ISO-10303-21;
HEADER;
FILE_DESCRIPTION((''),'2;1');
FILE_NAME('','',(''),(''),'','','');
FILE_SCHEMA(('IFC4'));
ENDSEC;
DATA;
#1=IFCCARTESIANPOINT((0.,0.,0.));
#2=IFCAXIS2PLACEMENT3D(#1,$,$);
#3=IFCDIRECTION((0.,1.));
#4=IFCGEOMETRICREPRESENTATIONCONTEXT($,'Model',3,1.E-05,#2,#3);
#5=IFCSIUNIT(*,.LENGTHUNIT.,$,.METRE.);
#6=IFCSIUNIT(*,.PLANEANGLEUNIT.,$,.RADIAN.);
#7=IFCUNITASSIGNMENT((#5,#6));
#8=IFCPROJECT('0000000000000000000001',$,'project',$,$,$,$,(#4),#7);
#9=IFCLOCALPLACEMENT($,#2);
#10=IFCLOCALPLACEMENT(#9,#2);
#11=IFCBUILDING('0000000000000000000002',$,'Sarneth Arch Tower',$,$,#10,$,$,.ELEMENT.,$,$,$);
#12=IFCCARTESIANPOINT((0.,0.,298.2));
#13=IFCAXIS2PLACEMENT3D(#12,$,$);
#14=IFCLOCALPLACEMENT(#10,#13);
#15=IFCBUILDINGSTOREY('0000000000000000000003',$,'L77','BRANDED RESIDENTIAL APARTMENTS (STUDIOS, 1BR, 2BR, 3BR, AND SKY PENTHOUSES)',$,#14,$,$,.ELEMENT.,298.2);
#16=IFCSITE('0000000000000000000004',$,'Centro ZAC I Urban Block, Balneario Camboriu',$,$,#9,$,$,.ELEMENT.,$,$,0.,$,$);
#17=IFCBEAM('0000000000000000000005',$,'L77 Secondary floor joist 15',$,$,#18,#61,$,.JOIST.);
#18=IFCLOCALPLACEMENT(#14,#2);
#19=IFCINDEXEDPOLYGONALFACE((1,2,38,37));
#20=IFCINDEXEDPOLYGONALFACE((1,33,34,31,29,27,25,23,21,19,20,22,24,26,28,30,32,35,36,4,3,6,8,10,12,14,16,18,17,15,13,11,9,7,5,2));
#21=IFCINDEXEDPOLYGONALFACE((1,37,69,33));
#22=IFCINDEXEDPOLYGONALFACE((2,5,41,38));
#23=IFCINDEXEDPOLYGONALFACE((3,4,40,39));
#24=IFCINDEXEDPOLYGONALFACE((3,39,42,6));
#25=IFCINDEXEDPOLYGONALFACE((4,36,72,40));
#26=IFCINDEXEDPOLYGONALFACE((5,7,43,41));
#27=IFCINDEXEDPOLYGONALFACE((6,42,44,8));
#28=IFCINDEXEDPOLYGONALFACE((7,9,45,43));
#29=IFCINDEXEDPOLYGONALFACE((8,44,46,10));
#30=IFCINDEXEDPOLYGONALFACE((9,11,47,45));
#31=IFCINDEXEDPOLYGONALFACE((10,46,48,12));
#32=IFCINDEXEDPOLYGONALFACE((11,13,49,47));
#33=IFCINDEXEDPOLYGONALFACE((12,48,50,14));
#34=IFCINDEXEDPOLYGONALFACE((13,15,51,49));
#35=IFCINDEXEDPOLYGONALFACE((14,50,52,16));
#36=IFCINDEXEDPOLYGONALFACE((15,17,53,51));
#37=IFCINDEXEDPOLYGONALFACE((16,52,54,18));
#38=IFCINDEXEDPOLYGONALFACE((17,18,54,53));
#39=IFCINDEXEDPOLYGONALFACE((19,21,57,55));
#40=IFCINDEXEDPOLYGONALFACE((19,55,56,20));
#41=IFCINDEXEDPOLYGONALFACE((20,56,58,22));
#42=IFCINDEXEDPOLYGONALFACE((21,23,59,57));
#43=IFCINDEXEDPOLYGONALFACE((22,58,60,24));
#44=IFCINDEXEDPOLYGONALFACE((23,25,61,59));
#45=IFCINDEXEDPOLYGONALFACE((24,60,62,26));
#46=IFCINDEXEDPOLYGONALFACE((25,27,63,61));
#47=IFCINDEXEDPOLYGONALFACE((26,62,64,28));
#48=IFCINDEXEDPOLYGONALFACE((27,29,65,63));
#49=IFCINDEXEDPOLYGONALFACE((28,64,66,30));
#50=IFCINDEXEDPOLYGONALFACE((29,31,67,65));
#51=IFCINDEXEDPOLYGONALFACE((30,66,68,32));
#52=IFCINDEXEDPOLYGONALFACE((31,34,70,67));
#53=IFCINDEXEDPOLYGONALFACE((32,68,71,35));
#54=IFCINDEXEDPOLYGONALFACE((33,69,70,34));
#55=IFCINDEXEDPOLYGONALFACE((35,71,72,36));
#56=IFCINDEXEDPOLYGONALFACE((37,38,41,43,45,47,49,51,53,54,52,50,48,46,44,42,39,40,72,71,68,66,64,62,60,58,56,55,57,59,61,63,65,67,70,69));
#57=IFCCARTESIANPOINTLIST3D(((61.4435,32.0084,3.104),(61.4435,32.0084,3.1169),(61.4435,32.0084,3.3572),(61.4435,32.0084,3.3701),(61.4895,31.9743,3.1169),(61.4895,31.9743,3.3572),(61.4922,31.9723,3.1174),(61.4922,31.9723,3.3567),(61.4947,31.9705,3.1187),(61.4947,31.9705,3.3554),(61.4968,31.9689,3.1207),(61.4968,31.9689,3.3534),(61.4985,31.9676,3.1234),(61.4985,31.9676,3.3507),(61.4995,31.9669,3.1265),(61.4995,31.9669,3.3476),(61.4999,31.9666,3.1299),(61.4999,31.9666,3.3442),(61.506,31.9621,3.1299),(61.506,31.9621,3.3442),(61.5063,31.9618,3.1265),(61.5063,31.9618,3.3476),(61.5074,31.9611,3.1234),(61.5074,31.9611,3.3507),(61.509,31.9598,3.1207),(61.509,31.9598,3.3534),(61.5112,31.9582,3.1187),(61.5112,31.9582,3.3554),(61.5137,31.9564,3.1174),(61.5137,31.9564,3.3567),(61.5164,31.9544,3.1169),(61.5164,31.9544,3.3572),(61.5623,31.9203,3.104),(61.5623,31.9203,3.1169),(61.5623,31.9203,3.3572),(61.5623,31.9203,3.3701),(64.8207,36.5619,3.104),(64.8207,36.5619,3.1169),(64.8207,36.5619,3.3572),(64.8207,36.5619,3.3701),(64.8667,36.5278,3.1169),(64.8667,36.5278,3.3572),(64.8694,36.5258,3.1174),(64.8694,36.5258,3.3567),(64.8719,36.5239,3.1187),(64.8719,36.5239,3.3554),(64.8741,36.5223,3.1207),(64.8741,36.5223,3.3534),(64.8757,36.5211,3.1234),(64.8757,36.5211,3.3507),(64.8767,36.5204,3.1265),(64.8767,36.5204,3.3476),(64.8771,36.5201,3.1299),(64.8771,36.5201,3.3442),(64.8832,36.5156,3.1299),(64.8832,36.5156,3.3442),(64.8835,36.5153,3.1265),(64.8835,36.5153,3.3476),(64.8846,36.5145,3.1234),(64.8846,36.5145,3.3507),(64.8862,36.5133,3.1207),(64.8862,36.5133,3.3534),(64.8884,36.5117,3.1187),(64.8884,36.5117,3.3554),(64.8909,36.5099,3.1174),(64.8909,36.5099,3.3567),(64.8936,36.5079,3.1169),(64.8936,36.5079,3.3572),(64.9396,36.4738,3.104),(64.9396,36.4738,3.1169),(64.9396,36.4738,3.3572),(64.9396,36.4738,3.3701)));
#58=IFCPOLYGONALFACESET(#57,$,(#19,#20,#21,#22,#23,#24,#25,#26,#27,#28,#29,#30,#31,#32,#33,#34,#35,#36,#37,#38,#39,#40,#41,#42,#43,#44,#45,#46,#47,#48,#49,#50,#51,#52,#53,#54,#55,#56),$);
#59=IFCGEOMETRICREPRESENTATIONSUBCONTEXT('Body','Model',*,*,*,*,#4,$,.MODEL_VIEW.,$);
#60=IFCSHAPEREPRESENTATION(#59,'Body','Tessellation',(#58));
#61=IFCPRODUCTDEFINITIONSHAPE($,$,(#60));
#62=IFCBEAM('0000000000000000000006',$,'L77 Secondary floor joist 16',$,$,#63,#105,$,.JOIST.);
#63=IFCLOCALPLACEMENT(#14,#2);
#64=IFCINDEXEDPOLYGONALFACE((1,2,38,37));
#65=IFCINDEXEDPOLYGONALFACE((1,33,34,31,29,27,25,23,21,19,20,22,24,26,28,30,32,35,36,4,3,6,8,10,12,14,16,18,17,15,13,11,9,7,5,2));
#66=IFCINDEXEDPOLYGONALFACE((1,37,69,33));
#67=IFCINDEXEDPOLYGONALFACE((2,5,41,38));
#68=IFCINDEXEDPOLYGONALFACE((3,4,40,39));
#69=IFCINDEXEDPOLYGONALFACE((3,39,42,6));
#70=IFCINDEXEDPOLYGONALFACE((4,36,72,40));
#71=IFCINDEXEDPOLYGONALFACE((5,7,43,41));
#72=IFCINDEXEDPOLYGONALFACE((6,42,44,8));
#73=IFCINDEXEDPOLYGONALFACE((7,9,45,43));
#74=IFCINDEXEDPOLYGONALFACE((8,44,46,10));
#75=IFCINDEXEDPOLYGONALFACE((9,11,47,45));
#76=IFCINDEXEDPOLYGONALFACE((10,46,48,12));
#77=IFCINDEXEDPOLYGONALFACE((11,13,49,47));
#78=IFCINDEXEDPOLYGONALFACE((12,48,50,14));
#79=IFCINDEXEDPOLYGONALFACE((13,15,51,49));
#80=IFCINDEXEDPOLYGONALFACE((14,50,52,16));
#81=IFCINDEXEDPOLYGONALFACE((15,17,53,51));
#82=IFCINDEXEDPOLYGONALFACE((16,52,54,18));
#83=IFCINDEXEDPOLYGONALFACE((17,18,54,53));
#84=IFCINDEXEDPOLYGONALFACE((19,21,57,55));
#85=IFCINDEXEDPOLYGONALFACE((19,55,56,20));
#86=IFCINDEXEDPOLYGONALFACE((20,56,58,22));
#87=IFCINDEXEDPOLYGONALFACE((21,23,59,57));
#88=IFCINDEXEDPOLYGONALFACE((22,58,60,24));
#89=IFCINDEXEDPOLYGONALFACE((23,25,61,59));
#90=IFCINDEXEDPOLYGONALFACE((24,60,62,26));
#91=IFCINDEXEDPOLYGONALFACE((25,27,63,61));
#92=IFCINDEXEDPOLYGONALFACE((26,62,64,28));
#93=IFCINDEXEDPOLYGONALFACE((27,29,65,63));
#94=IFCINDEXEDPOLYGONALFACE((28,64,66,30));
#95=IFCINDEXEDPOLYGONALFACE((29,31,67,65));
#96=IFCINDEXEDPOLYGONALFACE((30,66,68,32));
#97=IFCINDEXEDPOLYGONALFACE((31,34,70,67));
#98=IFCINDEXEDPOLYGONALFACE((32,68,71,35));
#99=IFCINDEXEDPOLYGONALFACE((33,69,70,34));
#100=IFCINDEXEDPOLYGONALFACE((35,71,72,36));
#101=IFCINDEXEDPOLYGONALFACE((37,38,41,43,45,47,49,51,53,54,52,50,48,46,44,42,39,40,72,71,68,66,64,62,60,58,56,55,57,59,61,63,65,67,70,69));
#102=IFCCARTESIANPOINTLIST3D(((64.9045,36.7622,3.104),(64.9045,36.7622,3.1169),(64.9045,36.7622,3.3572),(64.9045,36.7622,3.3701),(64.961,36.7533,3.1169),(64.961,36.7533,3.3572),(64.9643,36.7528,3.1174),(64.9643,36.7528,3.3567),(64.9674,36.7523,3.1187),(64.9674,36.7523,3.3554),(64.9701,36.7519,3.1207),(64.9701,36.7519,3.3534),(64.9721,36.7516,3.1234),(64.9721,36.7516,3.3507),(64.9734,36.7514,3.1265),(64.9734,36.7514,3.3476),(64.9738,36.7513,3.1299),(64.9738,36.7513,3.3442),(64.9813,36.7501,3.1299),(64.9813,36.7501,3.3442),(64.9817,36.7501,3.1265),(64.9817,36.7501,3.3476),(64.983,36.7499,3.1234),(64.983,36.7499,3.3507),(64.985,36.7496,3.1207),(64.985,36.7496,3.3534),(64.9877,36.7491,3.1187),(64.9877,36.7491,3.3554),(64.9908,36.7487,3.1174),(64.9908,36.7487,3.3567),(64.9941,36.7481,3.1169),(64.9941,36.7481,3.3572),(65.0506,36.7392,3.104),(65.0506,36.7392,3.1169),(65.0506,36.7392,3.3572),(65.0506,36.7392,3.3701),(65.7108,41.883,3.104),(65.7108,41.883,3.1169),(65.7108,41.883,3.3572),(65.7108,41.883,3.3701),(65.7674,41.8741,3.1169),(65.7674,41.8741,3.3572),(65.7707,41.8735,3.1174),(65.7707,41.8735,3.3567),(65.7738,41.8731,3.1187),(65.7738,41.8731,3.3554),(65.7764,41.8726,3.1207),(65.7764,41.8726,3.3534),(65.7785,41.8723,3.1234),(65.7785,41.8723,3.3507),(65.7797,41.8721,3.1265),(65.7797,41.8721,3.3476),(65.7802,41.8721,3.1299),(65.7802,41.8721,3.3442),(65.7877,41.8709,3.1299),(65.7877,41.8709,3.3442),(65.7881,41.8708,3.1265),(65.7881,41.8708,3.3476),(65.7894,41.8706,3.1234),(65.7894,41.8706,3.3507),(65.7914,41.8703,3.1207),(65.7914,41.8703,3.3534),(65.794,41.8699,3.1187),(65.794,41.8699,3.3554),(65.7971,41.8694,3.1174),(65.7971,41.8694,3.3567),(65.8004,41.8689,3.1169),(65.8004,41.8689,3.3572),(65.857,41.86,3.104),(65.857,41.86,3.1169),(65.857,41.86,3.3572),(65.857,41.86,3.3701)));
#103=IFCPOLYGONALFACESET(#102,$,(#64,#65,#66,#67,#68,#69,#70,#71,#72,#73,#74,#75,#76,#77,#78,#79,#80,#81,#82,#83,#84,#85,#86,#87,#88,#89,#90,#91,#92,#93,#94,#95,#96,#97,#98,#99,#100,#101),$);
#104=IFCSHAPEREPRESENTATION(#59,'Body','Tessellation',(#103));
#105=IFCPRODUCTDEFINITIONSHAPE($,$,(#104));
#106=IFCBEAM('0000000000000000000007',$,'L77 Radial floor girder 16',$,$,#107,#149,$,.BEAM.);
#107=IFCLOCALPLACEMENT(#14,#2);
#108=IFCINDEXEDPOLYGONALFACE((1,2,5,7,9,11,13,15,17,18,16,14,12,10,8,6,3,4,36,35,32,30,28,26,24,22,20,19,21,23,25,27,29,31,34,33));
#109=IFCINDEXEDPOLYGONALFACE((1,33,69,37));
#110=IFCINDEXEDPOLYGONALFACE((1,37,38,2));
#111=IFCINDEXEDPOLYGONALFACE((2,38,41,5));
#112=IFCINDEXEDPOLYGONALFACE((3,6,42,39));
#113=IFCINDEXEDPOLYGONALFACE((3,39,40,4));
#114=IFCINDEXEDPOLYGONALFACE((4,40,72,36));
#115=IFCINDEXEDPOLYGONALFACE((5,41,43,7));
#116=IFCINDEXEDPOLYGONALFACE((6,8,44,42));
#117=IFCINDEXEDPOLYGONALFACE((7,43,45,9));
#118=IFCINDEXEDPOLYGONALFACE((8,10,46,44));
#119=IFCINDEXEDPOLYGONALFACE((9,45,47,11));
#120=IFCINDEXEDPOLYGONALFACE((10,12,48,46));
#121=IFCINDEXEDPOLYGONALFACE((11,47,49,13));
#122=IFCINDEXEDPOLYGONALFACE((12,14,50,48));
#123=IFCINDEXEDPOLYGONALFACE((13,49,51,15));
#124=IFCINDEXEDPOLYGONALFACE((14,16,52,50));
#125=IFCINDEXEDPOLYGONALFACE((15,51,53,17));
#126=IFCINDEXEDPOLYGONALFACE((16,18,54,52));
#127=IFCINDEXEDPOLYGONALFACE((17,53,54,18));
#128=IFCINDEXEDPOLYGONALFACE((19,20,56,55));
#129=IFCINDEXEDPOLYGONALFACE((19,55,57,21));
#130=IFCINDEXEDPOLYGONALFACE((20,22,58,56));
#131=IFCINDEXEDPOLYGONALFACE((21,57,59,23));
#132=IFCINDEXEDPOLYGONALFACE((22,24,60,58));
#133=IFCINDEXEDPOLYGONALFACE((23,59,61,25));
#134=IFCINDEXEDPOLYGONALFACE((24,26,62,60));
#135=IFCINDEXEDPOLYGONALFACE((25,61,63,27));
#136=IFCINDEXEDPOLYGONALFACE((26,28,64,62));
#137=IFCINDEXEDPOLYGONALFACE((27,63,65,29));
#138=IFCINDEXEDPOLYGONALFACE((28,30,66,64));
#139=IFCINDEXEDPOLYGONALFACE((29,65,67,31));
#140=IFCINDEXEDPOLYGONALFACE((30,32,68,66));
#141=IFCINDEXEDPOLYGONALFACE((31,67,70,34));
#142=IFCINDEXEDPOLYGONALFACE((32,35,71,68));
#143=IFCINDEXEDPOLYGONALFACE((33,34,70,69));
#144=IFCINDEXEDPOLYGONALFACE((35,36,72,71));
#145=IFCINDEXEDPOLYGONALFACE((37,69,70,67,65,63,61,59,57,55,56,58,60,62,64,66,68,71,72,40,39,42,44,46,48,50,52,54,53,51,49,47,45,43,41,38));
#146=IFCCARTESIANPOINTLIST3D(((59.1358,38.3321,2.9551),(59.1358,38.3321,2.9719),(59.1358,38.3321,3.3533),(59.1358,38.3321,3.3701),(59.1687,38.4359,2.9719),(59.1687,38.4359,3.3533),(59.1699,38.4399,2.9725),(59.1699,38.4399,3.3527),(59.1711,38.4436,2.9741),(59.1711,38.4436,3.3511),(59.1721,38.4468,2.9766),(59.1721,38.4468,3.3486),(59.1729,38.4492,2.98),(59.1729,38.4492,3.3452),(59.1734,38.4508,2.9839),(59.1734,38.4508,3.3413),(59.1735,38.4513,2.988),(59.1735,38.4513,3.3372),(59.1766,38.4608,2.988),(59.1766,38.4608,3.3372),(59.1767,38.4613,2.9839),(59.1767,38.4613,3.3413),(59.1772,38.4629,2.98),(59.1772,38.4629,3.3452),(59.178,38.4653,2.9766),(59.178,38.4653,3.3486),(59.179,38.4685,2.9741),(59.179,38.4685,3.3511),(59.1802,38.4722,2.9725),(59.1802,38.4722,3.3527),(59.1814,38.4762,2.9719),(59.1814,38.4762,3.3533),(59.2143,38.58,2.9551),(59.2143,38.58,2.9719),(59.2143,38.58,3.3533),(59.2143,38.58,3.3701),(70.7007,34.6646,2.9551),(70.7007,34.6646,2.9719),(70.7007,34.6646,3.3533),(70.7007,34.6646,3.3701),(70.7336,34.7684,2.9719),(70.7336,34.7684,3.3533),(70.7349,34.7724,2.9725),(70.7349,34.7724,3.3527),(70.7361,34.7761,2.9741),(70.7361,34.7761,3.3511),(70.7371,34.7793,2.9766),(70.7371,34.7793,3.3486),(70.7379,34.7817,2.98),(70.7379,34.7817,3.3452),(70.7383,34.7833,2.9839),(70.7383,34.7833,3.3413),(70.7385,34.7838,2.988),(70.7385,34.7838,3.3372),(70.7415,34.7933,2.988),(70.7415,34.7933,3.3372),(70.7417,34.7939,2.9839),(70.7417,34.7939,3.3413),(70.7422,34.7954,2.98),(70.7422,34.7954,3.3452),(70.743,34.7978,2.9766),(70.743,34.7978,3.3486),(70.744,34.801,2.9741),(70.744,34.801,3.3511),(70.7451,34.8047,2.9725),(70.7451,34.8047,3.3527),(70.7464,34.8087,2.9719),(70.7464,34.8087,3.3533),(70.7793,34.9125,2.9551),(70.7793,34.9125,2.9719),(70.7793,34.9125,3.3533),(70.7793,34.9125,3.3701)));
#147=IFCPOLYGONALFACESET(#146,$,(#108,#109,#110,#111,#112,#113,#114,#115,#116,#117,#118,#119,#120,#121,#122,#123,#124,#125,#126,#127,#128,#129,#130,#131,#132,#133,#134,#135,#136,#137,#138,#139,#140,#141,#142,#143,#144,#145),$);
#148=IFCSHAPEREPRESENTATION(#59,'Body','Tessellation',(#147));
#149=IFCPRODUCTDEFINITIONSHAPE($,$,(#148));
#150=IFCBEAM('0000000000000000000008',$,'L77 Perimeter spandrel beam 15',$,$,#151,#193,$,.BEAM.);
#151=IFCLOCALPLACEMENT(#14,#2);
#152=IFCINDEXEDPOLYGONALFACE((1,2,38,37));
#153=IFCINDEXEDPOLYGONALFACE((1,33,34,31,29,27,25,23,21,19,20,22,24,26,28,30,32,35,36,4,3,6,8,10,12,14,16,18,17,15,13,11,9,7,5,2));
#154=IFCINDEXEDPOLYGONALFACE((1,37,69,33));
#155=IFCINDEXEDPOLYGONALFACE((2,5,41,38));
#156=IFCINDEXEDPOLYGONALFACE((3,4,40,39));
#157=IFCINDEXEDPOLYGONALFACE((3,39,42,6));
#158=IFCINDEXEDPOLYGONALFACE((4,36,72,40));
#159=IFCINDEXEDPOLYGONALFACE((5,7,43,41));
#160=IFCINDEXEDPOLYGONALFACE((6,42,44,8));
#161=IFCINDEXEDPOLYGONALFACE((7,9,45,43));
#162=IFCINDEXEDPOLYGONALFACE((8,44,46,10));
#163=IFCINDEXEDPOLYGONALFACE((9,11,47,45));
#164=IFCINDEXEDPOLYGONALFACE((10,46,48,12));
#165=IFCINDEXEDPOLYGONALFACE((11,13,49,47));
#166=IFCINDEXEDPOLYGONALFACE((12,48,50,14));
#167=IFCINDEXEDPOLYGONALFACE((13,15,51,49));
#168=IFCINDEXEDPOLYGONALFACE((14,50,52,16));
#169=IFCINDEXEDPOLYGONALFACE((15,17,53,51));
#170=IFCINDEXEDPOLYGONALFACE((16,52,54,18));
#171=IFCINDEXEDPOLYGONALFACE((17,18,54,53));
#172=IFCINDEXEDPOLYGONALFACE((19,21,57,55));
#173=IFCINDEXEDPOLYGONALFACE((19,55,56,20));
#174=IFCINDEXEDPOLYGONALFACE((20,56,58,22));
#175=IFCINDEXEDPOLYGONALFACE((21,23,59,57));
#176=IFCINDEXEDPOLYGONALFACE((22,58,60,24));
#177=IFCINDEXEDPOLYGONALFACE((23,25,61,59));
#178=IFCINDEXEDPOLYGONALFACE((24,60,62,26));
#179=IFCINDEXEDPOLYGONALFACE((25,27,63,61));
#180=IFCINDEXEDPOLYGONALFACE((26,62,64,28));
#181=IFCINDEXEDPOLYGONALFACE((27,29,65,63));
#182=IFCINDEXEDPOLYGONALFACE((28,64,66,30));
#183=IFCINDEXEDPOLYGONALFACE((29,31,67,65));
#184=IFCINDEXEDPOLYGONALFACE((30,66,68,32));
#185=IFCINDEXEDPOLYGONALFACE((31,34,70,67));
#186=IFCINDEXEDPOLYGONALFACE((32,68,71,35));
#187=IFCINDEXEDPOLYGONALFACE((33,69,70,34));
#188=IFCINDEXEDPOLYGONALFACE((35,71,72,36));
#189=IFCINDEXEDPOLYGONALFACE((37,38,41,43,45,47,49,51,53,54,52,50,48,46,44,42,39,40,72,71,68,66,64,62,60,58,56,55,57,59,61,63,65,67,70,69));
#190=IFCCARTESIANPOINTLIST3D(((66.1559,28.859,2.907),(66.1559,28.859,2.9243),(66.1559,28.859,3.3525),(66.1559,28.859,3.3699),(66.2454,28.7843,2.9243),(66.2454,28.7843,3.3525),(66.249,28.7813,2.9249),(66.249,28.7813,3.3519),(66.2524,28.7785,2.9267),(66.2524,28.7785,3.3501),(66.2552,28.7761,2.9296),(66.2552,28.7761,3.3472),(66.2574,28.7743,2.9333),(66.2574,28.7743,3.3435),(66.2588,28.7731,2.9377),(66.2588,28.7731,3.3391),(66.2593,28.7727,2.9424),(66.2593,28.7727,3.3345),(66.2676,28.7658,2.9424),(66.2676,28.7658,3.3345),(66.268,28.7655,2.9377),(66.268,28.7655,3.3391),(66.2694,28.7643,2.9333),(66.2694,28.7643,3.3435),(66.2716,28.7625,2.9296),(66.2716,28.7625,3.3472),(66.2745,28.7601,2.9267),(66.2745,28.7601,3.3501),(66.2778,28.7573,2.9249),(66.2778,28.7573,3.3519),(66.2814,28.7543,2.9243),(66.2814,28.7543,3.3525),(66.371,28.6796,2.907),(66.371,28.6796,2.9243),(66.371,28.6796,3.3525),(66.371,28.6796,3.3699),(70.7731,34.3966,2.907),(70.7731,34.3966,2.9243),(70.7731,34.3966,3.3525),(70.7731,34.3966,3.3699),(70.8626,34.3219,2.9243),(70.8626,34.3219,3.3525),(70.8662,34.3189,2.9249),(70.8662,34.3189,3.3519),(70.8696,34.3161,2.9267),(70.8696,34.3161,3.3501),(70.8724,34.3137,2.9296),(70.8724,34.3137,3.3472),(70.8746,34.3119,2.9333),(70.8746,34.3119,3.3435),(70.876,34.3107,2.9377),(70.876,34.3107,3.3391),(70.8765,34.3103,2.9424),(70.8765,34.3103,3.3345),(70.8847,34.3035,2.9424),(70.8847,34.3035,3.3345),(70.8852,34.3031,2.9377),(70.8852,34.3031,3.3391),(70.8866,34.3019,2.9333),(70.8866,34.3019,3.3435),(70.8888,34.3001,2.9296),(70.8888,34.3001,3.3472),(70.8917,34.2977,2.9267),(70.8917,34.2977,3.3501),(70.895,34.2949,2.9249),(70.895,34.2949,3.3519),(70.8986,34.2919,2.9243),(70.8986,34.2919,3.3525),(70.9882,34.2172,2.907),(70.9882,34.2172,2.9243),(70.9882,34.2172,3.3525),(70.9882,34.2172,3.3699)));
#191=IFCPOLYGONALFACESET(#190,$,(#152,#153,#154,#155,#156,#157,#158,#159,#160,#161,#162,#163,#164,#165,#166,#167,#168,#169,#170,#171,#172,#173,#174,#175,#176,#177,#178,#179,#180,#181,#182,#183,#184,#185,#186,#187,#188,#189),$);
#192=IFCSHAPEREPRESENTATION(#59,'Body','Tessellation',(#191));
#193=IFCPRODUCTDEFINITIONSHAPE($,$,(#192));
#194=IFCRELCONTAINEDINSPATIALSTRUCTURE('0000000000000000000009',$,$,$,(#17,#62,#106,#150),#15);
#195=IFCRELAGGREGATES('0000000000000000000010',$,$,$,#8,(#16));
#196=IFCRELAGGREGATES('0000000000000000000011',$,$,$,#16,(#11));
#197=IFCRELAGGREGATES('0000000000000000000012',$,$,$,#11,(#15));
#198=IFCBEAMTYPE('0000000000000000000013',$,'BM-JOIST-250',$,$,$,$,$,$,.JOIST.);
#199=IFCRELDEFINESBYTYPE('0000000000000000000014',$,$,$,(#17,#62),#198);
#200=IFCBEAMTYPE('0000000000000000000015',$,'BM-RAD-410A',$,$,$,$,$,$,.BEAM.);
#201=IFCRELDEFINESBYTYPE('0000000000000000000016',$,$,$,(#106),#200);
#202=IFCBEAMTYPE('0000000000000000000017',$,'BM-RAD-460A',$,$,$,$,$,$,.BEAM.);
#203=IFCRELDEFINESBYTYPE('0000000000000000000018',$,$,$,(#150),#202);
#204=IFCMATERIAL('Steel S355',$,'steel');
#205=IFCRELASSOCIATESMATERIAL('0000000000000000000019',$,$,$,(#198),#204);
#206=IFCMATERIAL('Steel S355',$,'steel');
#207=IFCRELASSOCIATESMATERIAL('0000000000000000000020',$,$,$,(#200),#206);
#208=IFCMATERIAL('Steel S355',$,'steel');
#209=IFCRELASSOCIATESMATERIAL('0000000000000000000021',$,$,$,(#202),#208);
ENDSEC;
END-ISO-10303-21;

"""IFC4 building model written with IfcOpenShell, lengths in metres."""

from ifc_helpers import new_model, si_unit, direction, frame, origin, origin_2d, place, context, subcontext, project, spatial, i_section, extrude, material, material_profile, profile_set, type_object, element, save


model = new_model("IFC4")

# Units and contexts
model_context = context("Model", 3, precision=1e-05, world=origin(), true_north=direction((0.0, 1.0)))
body_context = subcontext(model_context, "Body", "Model", "MODEL_VIEW")
ifc_project = project(units=[si_unit("LENGTHUNIT", "METRE"), si_unit("PLANEANGLEUNIT", "RADIAN")], contexts=[model_context])

# Site, building, storey
site_placement = place(None, origin())
site = spatial("IfcSite", under=ifc_project, at=site_placement, Name="Centro ZAC I Urban Block, Balneario Camboriu", CompositionType="ELEMENT", RefElevation=0.0)
building_placement = place(site_placement, origin())
building = spatial("IfcBuilding", under=site, at=building_placement, Name="Sarneth Arch Tower", CompositionType="ELEMENT")
storey_placement = place(building_placement, frame((0.0, 0.0, 298.2)))
storey = spatial("IfcBuildingStorey", under=building, at=storey_placement, Name="L77", Description="BRANDED RESIDENTIAL APARTMENTS (STUDIOS, 1BR, 2BR, 3BR, AND SKY PENTHOUSES)", CompositionType="ELEMENT", Elevation=298.2)

# Beams
ifc_material_1 = material(Name="Steel S355", Category="steel")
ifc_material_profile_1 = material_profile(ifc_material_1, i_section(OverallWidth=0.1479, OverallDepth=0.2661, WebThickness=0.0076, FlangeThickness=0.0129, FilletRadius=0.0129, at=origin_2d()), Name="W250x44.8")
ifc_profile_set_1 = profile_set([ifc_material_profile_1], Name="Steel S355")
beam_type_1 = type_object("IfcBeamType", Name="BM-JOIST-250", PredefinedType="JOIST", material=ifc_profile_set_1)
beam_1_placement = place(storey_placement, frame((61.5029, 31.9644, 3.2371), z_axis=(0.595713, 0.803198, 0.0), x_axis=(-0.803198, 0.595713, 0.0)))
element("IfcBeam", 1, at=beam_1_placement, inside=storey, type_object=beam_type_1, Name="L77 Secondary floor joist 15", PredefinedType="JOIST", context=body_context, shape_type="SweptSolid", body=[
    extrude(i_section(OverallWidth=0.1479, OverallDepth=0.2661, WebThickness=0.0076, FlangeThickness=0.0129, FilletRadius=0.0129, at=origin_2d()), origin(), (0.0, 0.0, 1.0), 5.6692),
])
beam_2_placement = place(storey_placement, frame((64.9775, 36.7507, 3.2371), z_axis=(0.155556, 0.987827, 0.0), x_axis=(-0.987827, 0.155556, 0.0)))
element("IfcBeam", 2, at=beam_2_placement, inside=storey, type_object=beam_type_1, Name="L77 Secondary floor joist 16", PredefinedType="JOIST", context=body_context, shape_type="SweptSolid", body=[
    extrude(i_section(OverallWidth=0.1479, OverallDepth=0.2661, WebThickness=0.0076, FlangeThickness=0.0129, FilletRadius=0.0129, at=origin_2d()), origin(), (0.0, 0.0, 1.0), 5.1838),
])
ifc_material_2 = material(Name="Steel S355", Category="steel")
ifc_material_profile_2 = material_profile(ifc_material_2, i_section(OverallWidth=0.26, OverallDepth=0.415, WebThickness=0.01, FlangeThickness=0.0168, FilletRadius=0.0161, at=origin_2d()), Name="W410x100")
ifc_profile_set_2 = profile_set([ifc_material_profile_2], Name="Steel S355")
beam_type_2 = type_object("IfcBeamType", Name="BM-RAD-410A", PredefinedType="BEAM", material=ifc_profile_set_2)
beam_3_placement = place(storey_placement, frame((59.175, 38.4561, 3.1626), z_axis=(0.953218, -0.302285, 0.0), x_axis=(0.302285, 0.953218, 0.0)))
element("IfcBeam", 3, at=beam_3_placement, inside=storey, type_object=beam_type_2, Name="L77 Radial floor girder 16", PredefinedType="BEAM", context=body_context, shape_type="SweptSolid", body=[
    extrude(i_section(OverallWidth=0.26, OverallDepth=0.415, WebThickness=0.01, FlangeThickness=0.0168, FilletRadius=0.0161, at=origin_2d()), origin(), (0.0, 0.0, 1.0), 12.1326),
])
ifc_material_3 = material(Name="Steel S355", Category="steel")
ifc_material_profile_3 = material_profile(ifc_material_3, i_section(OverallWidth=0.28, OverallDepth=0.4629, WebThickness=0.0107, FlangeThickness=0.0173, FilletRadius=0.0181, at=origin_2d()), Name="W460x113")
ifc_profile_set_3 = profile_set([ifc_material_profile_3], Name="Steel S355")
beam_type_3 = type_object("IfcBeamType", Name="BM-RAD-460A", PredefinedType="BEAM", material=ifc_profile_set_3)
beam_4_placement = place(storey_placement, frame((66.2634, 28.7693, 3.1384), z_axis=(0.640391, 0.768049, 0.0), x_axis=(-0.768049, 0.640391, 0.0)))
element("IfcBeam", 4, at=beam_4_placement, inside=storey, type_object=beam_type_3, Name="L77 Perimeter spandrel beam 15", PredefinedType="BEAM", context=body_context, shape_type="SweptSolid", body=[
    extrude(i_section(OverallWidth=0.28, OverallDepth=0.4629, WebThickness=0.0107, FlangeThickness=0.0173, FilletRadius=0.0181, at=origin_2d()), origin(), (0.0, 0.0, 1.0), 7.21),
])

save(model, "model.ifc")
